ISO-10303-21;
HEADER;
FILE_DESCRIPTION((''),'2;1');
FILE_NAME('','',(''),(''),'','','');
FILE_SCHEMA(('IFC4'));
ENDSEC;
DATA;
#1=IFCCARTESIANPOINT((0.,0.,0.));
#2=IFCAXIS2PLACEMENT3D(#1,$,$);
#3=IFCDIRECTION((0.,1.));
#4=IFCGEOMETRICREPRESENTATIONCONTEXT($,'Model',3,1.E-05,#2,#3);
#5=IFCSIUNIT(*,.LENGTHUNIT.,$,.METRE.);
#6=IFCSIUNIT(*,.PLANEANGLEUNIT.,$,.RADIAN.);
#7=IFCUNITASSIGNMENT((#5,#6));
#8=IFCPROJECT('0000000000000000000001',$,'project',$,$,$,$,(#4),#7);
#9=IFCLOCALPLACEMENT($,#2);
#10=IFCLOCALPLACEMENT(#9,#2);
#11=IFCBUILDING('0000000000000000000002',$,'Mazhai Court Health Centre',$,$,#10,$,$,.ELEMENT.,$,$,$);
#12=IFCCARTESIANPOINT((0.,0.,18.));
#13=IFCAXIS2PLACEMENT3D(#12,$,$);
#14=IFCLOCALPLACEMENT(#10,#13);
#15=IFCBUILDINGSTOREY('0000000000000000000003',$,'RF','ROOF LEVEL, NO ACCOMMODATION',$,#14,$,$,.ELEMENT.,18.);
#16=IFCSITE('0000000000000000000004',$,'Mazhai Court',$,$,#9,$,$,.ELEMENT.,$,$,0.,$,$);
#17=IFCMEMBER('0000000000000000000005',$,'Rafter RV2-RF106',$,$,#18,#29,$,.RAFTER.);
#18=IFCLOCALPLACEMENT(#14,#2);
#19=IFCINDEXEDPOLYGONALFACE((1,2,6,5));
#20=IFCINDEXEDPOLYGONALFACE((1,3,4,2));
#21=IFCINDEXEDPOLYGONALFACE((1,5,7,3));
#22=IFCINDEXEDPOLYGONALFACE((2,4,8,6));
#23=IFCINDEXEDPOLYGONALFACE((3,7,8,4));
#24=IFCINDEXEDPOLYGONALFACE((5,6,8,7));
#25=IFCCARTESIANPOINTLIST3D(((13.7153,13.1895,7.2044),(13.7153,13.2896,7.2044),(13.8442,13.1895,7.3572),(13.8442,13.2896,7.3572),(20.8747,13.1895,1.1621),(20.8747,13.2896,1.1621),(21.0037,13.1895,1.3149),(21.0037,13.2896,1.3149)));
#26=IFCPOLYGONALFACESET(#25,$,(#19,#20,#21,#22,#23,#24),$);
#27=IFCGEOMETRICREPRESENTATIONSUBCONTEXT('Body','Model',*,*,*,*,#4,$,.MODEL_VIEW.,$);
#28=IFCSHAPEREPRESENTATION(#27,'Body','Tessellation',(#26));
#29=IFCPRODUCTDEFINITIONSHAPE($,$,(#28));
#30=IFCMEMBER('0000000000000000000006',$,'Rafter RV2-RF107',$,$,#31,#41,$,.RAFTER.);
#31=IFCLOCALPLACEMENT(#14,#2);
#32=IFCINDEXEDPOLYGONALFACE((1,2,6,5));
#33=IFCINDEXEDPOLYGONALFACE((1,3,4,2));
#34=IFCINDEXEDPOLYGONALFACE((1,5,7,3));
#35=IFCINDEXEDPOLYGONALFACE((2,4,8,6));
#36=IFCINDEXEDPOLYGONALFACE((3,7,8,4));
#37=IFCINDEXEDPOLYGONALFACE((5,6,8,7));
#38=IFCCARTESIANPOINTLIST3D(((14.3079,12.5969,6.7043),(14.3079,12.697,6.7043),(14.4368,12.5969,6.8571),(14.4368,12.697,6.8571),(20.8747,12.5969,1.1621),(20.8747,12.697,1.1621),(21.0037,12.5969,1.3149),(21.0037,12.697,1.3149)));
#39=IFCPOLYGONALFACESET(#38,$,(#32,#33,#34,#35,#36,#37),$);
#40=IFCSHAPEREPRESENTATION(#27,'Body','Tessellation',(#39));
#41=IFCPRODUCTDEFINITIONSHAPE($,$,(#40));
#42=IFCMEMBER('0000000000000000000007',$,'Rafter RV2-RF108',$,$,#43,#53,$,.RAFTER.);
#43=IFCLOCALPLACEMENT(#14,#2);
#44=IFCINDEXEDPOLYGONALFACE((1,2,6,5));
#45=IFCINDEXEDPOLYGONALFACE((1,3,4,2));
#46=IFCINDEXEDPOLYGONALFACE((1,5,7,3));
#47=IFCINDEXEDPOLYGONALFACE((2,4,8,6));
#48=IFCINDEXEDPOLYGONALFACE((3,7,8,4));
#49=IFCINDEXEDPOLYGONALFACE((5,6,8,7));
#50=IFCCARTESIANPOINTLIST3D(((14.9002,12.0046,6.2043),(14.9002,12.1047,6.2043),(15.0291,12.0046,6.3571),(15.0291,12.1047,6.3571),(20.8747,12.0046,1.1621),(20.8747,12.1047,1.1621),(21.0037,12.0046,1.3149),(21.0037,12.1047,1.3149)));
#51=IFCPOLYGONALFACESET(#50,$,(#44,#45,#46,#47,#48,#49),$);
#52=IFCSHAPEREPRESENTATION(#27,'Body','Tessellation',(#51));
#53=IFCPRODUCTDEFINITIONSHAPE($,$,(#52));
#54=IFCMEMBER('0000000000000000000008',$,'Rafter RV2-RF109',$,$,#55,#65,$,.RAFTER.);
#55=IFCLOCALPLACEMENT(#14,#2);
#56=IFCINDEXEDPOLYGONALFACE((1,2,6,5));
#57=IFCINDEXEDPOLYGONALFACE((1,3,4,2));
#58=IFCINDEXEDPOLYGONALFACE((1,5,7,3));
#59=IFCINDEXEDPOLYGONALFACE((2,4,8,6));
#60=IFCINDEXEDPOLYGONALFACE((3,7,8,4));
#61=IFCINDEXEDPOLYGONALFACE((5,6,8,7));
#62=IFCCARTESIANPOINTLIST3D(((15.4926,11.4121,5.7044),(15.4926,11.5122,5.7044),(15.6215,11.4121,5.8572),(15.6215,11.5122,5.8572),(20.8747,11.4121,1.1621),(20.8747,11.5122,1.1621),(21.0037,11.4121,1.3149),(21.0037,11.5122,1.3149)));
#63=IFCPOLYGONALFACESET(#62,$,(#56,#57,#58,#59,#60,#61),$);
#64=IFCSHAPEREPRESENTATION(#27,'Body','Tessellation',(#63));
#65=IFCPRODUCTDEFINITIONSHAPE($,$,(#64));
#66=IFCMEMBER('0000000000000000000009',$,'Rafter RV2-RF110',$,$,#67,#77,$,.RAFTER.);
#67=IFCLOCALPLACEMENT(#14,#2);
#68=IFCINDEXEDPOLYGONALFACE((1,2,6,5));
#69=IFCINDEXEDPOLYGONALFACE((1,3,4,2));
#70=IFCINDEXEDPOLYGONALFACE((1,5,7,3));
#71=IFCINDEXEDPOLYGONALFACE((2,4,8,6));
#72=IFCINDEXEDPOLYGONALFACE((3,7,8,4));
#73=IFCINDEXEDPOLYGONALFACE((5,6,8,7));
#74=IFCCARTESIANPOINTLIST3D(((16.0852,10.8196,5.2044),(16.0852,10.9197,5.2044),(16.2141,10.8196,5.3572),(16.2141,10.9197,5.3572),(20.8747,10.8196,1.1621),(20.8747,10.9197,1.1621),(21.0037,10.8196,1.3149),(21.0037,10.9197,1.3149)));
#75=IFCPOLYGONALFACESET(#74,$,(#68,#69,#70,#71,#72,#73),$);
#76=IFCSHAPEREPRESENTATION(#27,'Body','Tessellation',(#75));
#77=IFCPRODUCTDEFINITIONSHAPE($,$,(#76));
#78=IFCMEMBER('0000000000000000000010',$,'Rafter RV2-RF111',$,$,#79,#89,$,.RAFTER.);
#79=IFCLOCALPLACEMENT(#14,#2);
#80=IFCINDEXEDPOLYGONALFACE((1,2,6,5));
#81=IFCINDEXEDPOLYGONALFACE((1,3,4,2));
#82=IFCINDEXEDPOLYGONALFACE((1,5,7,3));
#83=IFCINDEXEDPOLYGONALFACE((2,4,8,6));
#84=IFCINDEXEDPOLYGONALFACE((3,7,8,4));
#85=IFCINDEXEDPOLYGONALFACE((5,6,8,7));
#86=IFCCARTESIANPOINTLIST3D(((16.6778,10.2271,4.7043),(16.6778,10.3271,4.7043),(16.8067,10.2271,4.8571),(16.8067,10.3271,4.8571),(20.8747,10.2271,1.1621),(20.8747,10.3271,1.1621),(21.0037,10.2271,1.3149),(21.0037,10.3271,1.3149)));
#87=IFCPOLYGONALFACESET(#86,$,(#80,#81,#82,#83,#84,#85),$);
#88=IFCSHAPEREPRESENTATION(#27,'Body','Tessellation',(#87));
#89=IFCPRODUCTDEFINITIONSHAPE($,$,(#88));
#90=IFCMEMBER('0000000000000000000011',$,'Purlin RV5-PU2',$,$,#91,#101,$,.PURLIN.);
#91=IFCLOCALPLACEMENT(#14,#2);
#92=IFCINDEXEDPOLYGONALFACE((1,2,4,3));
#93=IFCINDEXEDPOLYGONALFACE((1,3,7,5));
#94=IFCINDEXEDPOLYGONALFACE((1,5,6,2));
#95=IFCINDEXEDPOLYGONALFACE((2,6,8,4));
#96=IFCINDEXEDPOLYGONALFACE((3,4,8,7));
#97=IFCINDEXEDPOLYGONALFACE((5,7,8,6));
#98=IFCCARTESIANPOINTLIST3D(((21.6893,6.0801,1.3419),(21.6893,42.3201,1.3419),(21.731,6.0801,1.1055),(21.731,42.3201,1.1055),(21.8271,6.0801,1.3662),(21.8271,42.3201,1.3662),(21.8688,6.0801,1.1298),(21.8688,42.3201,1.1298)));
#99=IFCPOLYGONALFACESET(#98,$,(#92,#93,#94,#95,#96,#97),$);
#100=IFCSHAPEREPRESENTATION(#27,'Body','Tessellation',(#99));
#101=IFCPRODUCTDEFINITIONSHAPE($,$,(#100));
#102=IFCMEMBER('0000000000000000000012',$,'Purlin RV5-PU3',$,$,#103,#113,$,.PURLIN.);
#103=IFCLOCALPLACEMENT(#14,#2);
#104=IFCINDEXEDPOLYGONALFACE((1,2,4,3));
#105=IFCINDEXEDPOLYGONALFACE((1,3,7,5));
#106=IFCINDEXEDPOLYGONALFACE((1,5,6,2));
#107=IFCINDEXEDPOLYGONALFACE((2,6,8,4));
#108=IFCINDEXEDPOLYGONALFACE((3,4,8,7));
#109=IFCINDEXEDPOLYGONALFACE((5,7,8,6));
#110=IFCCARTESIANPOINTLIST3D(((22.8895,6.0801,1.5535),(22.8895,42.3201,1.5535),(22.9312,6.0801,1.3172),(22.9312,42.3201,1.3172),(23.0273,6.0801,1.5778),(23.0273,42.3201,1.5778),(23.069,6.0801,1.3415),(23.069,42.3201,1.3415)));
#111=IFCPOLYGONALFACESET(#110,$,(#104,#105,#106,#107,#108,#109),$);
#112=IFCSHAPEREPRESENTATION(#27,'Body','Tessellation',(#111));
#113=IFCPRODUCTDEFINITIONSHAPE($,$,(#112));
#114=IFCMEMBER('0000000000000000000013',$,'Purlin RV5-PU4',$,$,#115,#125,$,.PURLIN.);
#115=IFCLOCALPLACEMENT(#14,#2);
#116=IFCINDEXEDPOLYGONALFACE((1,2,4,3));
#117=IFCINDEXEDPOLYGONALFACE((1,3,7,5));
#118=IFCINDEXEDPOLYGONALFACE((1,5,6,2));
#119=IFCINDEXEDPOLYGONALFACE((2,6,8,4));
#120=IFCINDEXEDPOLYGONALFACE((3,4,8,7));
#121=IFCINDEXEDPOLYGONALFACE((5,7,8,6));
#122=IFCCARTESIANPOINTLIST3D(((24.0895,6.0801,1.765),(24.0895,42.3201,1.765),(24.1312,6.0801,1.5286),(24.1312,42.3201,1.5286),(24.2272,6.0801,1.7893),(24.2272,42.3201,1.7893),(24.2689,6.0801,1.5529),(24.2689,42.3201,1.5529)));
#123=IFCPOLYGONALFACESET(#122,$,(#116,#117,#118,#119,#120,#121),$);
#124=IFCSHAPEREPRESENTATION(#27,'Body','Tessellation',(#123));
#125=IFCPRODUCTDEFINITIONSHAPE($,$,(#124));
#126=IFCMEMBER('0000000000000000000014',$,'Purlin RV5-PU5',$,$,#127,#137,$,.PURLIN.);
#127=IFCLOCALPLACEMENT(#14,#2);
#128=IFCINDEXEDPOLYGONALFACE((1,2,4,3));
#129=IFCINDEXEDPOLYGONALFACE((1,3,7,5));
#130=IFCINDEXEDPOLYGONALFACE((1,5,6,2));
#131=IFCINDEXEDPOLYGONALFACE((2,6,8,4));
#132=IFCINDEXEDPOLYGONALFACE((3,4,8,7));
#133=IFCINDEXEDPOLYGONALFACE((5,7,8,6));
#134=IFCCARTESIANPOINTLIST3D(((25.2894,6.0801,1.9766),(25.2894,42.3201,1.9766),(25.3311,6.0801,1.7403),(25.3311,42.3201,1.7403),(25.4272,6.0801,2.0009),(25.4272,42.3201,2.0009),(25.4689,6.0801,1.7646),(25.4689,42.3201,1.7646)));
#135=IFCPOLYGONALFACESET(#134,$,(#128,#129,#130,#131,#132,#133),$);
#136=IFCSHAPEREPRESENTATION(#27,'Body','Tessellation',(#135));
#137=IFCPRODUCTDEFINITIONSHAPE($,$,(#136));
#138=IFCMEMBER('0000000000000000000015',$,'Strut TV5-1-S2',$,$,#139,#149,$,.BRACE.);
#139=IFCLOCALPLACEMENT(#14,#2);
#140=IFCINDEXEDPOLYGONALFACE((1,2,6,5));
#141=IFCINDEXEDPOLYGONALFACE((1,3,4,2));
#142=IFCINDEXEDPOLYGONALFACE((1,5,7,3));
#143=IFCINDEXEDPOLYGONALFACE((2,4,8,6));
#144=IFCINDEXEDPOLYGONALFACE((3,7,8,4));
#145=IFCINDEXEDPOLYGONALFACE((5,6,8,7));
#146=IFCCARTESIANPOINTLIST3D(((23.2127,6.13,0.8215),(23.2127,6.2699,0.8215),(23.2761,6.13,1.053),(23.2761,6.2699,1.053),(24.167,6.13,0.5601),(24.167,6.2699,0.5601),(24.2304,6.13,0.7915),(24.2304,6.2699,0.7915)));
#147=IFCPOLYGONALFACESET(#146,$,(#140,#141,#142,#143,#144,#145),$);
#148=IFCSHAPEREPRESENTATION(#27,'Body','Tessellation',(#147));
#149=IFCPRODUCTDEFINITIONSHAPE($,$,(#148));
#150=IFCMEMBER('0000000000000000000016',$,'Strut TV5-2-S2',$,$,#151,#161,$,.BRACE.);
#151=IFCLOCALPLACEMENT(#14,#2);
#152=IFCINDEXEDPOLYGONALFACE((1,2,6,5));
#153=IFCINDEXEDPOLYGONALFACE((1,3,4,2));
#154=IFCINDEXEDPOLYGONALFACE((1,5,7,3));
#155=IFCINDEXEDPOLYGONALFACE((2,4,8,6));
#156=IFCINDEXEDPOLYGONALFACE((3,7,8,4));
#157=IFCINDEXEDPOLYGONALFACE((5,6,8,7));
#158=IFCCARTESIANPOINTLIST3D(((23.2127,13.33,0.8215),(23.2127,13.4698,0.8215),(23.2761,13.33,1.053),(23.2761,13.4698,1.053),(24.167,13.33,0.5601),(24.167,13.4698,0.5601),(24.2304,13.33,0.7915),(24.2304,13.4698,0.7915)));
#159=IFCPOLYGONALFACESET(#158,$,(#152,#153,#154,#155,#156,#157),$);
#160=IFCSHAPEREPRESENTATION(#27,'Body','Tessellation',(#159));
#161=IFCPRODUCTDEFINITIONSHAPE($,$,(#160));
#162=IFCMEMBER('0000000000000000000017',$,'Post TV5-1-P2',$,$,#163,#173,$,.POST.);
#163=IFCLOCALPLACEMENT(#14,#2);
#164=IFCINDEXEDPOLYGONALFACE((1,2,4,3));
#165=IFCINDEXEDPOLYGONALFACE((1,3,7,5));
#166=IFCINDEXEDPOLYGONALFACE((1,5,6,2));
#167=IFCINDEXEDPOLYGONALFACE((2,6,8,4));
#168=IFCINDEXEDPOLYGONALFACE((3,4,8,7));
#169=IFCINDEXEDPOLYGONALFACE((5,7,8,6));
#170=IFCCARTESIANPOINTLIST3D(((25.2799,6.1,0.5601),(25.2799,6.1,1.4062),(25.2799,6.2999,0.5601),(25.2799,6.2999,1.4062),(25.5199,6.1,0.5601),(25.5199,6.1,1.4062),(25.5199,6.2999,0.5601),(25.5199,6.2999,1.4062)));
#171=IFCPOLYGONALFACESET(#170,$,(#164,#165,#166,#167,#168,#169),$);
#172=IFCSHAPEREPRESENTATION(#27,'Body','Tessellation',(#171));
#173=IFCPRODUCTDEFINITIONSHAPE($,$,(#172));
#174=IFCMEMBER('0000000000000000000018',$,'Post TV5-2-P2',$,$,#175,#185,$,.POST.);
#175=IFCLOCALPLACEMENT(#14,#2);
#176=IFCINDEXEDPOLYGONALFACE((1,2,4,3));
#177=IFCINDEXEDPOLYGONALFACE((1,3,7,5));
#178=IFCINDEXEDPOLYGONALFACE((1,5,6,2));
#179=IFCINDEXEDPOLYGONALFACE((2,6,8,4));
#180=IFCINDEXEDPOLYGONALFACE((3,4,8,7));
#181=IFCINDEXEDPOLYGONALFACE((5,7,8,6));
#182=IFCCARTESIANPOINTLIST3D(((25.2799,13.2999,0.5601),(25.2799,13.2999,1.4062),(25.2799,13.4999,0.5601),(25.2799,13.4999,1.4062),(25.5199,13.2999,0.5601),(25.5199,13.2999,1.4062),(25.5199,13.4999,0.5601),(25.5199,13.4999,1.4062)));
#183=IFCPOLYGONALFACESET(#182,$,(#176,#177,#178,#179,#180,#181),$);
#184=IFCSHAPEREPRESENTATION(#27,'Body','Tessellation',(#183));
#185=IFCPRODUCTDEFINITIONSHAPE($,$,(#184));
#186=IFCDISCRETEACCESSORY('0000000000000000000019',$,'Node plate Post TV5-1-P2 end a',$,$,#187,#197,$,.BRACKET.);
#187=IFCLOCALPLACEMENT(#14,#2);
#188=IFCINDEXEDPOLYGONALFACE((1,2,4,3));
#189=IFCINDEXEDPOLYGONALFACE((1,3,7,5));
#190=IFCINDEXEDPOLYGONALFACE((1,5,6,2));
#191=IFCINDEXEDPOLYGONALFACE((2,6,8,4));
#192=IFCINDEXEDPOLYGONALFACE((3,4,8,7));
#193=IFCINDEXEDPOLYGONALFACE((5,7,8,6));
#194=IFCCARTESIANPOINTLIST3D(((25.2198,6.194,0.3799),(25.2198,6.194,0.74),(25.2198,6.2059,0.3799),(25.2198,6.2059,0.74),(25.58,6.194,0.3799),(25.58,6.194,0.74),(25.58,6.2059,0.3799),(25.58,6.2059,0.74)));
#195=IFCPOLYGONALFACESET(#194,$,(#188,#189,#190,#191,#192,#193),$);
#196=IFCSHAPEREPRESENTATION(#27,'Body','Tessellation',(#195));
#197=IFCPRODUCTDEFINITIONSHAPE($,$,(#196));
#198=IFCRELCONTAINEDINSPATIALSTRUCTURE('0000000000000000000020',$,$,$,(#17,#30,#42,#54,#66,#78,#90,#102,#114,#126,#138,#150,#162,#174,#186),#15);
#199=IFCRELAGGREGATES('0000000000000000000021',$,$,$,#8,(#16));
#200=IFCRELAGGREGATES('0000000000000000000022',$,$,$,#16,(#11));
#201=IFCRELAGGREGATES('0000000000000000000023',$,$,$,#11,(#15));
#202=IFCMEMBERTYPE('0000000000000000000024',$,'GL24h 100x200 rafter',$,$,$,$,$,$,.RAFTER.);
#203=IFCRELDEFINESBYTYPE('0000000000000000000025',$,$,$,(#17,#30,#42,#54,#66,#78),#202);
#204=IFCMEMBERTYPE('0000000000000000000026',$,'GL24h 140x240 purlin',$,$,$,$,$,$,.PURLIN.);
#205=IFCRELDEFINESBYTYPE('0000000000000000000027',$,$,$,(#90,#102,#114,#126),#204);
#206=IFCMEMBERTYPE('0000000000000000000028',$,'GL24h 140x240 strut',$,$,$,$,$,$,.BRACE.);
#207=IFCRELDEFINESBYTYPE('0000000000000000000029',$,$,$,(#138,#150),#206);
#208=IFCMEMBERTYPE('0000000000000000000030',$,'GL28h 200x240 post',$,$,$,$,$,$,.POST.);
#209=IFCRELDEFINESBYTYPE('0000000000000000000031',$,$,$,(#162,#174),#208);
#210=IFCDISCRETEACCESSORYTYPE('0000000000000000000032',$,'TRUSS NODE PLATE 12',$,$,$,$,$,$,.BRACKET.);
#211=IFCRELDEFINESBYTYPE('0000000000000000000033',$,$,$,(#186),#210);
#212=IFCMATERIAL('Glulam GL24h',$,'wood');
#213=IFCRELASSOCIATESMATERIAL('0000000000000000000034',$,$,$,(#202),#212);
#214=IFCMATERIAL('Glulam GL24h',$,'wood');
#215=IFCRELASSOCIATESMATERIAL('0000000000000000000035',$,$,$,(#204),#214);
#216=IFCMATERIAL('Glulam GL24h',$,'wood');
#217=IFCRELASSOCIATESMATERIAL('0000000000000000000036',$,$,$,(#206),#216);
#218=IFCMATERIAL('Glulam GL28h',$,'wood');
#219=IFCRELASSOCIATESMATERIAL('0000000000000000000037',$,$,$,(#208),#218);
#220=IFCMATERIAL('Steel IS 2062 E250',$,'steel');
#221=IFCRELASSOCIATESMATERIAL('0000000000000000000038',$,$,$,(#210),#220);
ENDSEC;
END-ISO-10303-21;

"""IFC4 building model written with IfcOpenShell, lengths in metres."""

from ifc_helpers import new_model, si_unit, direction, frame, origin, origin_2d, place, context, subcontext, project, spatial, rectangle, extrude, material, material_profile, profile_set, type_object, element, save


model = new_model("IFC4")

# Units and contexts
model_context = context("Model", 3, precision=1e-05, world=origin(), true_north=direction((0.0, 1.0)))
body_context = subcontext(model_context, "Body", "Model", "MODEL_VIEW")
ifc_project = project(units=[si_unit("LENGTHUNIT", "METRE"), si_unit("PLANEANGLEUNIT", "RADIAN")], contexts=[model_context])

# Site, building, storey
site_placement = place(None, origin())
site = spatial("IfcSite", under=ifc_project, at=site_placement, Name="Mazhai Court", CompositionType="ELEMENT", RefElevation=0.0)
building_placement = place(site_placement, origin())
building = spatial("IfcBuilding", under=site, at=building_placement, Name="Mazhai Court Health Centre", CompositionType="ELEMENT")
storey_placement = place(building_placement, frame((0.0, 0.0, 18.0)))
storey = spatial("IfcBuildingStorey", under=building, at=storey_placement, Name="RF", Description="ROOF LEVEL, NO ACCOMMODATION", CompositionType="ELEMENT", Elevation=18.0)

# Members
ifc_material_1 = material(Name="Glulam GL24h", Category="wood")
ifc_material_profile_1 = material_profile(ifc_material_1, rectangle(XDim=0.1001, YDim=0.2, at=origin_2d()), Name="GL24h 100x200")
ifc_profile_set_1 = profile_set([ifc_material_profile_1], Name="Glulam GL24h")
member_type_1 = type_object("IfcMemberType", Name="GL24h 100x200 rafter", PredefinedType="RAFTER", material=ifc_profile_set_1)
member_1_placement = place(storey_placement, frame((20.9392, 13.2395, 1.2385), z_axis=(-0.764214, 0.0, 0.644963), x_axis=(0.0, -1.0, 0.0)))
element("IfcMember", 1, at=member_1_placement, inside=storey, type_object=member_type_1, Name="Rafter RV2-RF106", PredefinedType="RAFTER", context=body_context, shape_type="SweptSolid", body=[
    extrude(rectangle(XDim=0.1001, YDim=0.2, at=origin_2d()), origin(), (0.0, 0.0, 1.0), 9.3684),
])
member_2_placement = place(storey_placement, frame((20.9392, 12.647, 1.2385), z_axis=(-0.76421, 0.0, 0.644967), x_axis=(0.0, -1.0, 0.0)))
element("IfcMember", 2, at=member_2_placement, inside=storey, type_object=member_type_1, Name="Rafter RV2-RF107", PredefinedType="RAFTER", context=body_context, shape_type="SweptSolid", body=[
    extrude(rectangle(XDim=0.1001, YDim=0.2, at=origin_2d()), origin(), (0.0, 0.0, 1.0), 8.593),
])
member_3_placement = place(storey_placement, frame((20.9392, 12.0547, 1.2385), z_axis=(-0.764218, 0.0, 0.644958), x_axis=(0.0, -1.0, 0.0)))
element("IfcMember", 3, at=member_3_placement, inside=storey, type_object=member_type_1, Name="Rafter RV2-RF108", PredefinedType="RAFTER", context=body_context, shape_type="SweptSolid", body=[
    extrude(rectangle(XDim=0.1001, YDim=0.2, at=origin_2d()), origin(), (0.0, 0.0, 1.0), 7.8179),
])
member_4_placement = place(storey_placement, frame((20.9392, 11.4622, 1.2385), z_axis=(-0.764214, 0.0, 0.644963), x_axis=(0.0, -1.0, 0.0)))
element("IfcMember", 4, at=member_4_placement, inside=storey, type_object=member_type_1, Name="Rafter RV2-RF109", PredefinedType="RAFTER", context=body_context, shape_type="SweptSolid", body=[
    extrude(rectangle(XDim=0.1001, YDim=0.2, at=origin_2d()), origin(), (0.0, 0.0, 1.0), 7.0427),
])
member_5_placement = place(storey_placement, frame((20.9392, 10.8696, 1.2385), z_axis=(-0.764209, 0.0, 0.644969), x_axis=(0.0, -1.0, 0.0)))
element("IfcMember", 5, at=member_5_placement, inside=storey, type_object=member_type_1, Name="Rafter RV2-RF110", PredefinedType="RAFTER", context=body_context, shape_type="SweptSolid", body=[
    extrude(rectangle(XDim=0.1001, YDim=0.2, at=origin_2d()), origin(), (0.0, 0.0, 1.0), 6.2673),
])
member_6_placement = place(storey_placement, frame((20.9392, 10.2771, 1.2385), z_axis=(-0.764202, 0.0, 0.644977), x_axis=(0.0, -1.0, 0.0)))
element("IfcMember", 6, at=member_6_placement, inside=storey, type_object=member_type_1, Name="Rafter RV2-RF111", PredefinedType="RAFTER", context=body_context, shape_type="SweptSolid", body=[
    extrude(rectangle(XDim=0.1001, YDim=0.2, at=origin_2d()), origin(), (0.0, 0.0, 1.0), 5.4919),
])
ifc_material_2 = material(Name="Glulam GL24h", Category="wood")
ifc_material_profile_2 = material_profile(ifc_material_2, rectangle(XDim=0.1399, YDim=0.24, at=origin_2d()), Name="GL24h 140x240")
ifc_profile_set_2 = profile_set([ifc_material_profile_2], Name="Glulam GL24h")
member_type_2 = type_object("IfcMemberType", Name="GL24h 140x240 purlin", PredefinedType="PURLIN", material=ifc_profile_set_2)
for number, where, z_axis, x_axis, name in (
    (7, (21.7791, 6.0801, 1.2358), (0.0, 1.0, 0.0), (-0.984808, 0.0, -0.173648), "Purlin RV5-PU2"),
    (8, (22.9792, 6.0801, 1.4475), (0.0, 1.0, 0.0), (-0.984808, 0.0, -0.173648), "Purlin RV5-PU3"),
    (9, (24.1792, 6.0801, 1.6589), (0.0, 1.0, 0.0), (-0.984808, 0.0, -0.173648), "Purlin RV5-PU4"),
    (10, (25.3792, 6.0801, 1.8706), (0.0, 1.0, 0.0), (-0.984808, 0.0, -0.173648), "Purlin RV5-PU5"),
):
    element("IfcMember", number, at=place(storey_placement, frame(where, z_axis=z_axis, x_axis=x_axis)), inside=storey, type_object=member_type_2, Name=name, PredefinedType="PURLIN", context=body_context, shape_type="SweptSolid", body=[
        extrude(rectangle(XDim=0.1399, YDim=0.24, at=origin_2d()), origin(), (0.0, 0.0, 1.0), 36.24),
    ])
ifc_material_3 = material(Name="Glulam GL24h", Category="wood")
ifc_material_profile_3 = material_profile(ifc_material_3, rectangle(XDim=0.1399, YDim=0.24, at=origin_2d()), Name="GL24h 140x240")
ifc_profile_set_3 = profile_set([ifc_material_profile_3], Name="Glulam GL24h")
member_type_3 = type_object("IfcMemberType", Name="GL24h 140x240 strut", PredefinedType="BRACE", material=ifc_profile_set_3)
for number, where, z_axis, x_axis, name in (
    (11, (24.1987, 6.2, 0.6758), (-0.964456, 0.0, 0.264245), (0.0, -1.0, 0.0), "Strut TV5-1-S2"),
    (12, (24.1987, 13.3999, 0.6758), (-0.964456, 0.0, 0.264245), (0.0, -1.0, 0.0), "Strut TV5-2-S2"),
):
    element("IfcMember", number, at=place(storey_placement, frame(where, z_axis=z_axis, x_axis=x_axis)), inside=storey, type_object=member_type_3, Name=name, PredefinedType="BRACE", context=body_context, shape_type="SweptSolid", body=[
        extrude(rectangle(XDim=0.1399, YDim=0.24, at=origin_2d()), origin(), (0.0, 0.0, 1.0), 0.9895),
    ])
ifc_material_4 = material(Name="Glulam GL28h", Category="wood")
ifc_material_profile_4 = material_profile(ifc_material_4, rectangle(XDim=0.2, YDim=0.24, at=origin_2d()), Name="GL28h 200x240")
ifc_profile_set_4 = profile_set([ifc_material_profile_4], Name="Glulam GL28h")
member_type_4 = type_object("IfcMemberType", Name="GL28h 200x240 post", PredefinedType="POST", material=ifc_profile_set_4)
for number, where, z_axis, x_axis, name in (
    (13, (25.3999, 6.2, 0.5601), (0.0, 0.0, 1.0), (0.0, 1.0, 0.0), "Post TV5-1-P2"),
    (14, (25.3999, 13.3999, 0.5601), (0.0, 0.0, 1.0), (0.0, 1.0, 0.0), "Post TV5-2-P2"),
):
    element("IfcMember", number, at=place(storey_placement, frame(where, z_axis=z_axis, x_axis=x_axis)), inside=storey, type_object=member_type_4, Name=name, PredefinedType="POST", context=body_context, shape_type="SweptSolid", body=[
        extrude(rectangle(XDim=0.2, YDim=0.24, at=origin_2d()), origin(), (0.0, 0.0, 1.0), 0.8462),
    ])

# Discrete accessory
ifc_material_5 = material(Name="Steel IS 2062 E250", Category="steel")
discrete_accessory_type = type_object("IfcDiscreteAccessoryType", Name="TRUSS NODE PLATE 12", PredefinedType="BRACKET", material=ifc_material_5)
for number, where, z_axis, x_axis, name in (
    (15, (25.3999, 6.2, 0.3799), (0.0, 0.0, 1.0), (1.0, 0.0, 0.0), "Node plate Post TV5-1-P2 end a"),
):
    element("IfcDiscreteAccessory", number, at=place(storey_placement, frame(where, z_axis=z_axis, x_axis=x_axis)), inside=storey, type_object=discrete_accessory_type, Name=name, PredefinedType="BRACKET", context=body_context, shape_type="SweptSolid", body=[
        extrude(rectangle(XDim=0.3601, YDim=0.012, at=origin_2d()), origin(), (0.0, 0.0, 1.0), 0.3601),
    ])

save(model, "model.ifc")
